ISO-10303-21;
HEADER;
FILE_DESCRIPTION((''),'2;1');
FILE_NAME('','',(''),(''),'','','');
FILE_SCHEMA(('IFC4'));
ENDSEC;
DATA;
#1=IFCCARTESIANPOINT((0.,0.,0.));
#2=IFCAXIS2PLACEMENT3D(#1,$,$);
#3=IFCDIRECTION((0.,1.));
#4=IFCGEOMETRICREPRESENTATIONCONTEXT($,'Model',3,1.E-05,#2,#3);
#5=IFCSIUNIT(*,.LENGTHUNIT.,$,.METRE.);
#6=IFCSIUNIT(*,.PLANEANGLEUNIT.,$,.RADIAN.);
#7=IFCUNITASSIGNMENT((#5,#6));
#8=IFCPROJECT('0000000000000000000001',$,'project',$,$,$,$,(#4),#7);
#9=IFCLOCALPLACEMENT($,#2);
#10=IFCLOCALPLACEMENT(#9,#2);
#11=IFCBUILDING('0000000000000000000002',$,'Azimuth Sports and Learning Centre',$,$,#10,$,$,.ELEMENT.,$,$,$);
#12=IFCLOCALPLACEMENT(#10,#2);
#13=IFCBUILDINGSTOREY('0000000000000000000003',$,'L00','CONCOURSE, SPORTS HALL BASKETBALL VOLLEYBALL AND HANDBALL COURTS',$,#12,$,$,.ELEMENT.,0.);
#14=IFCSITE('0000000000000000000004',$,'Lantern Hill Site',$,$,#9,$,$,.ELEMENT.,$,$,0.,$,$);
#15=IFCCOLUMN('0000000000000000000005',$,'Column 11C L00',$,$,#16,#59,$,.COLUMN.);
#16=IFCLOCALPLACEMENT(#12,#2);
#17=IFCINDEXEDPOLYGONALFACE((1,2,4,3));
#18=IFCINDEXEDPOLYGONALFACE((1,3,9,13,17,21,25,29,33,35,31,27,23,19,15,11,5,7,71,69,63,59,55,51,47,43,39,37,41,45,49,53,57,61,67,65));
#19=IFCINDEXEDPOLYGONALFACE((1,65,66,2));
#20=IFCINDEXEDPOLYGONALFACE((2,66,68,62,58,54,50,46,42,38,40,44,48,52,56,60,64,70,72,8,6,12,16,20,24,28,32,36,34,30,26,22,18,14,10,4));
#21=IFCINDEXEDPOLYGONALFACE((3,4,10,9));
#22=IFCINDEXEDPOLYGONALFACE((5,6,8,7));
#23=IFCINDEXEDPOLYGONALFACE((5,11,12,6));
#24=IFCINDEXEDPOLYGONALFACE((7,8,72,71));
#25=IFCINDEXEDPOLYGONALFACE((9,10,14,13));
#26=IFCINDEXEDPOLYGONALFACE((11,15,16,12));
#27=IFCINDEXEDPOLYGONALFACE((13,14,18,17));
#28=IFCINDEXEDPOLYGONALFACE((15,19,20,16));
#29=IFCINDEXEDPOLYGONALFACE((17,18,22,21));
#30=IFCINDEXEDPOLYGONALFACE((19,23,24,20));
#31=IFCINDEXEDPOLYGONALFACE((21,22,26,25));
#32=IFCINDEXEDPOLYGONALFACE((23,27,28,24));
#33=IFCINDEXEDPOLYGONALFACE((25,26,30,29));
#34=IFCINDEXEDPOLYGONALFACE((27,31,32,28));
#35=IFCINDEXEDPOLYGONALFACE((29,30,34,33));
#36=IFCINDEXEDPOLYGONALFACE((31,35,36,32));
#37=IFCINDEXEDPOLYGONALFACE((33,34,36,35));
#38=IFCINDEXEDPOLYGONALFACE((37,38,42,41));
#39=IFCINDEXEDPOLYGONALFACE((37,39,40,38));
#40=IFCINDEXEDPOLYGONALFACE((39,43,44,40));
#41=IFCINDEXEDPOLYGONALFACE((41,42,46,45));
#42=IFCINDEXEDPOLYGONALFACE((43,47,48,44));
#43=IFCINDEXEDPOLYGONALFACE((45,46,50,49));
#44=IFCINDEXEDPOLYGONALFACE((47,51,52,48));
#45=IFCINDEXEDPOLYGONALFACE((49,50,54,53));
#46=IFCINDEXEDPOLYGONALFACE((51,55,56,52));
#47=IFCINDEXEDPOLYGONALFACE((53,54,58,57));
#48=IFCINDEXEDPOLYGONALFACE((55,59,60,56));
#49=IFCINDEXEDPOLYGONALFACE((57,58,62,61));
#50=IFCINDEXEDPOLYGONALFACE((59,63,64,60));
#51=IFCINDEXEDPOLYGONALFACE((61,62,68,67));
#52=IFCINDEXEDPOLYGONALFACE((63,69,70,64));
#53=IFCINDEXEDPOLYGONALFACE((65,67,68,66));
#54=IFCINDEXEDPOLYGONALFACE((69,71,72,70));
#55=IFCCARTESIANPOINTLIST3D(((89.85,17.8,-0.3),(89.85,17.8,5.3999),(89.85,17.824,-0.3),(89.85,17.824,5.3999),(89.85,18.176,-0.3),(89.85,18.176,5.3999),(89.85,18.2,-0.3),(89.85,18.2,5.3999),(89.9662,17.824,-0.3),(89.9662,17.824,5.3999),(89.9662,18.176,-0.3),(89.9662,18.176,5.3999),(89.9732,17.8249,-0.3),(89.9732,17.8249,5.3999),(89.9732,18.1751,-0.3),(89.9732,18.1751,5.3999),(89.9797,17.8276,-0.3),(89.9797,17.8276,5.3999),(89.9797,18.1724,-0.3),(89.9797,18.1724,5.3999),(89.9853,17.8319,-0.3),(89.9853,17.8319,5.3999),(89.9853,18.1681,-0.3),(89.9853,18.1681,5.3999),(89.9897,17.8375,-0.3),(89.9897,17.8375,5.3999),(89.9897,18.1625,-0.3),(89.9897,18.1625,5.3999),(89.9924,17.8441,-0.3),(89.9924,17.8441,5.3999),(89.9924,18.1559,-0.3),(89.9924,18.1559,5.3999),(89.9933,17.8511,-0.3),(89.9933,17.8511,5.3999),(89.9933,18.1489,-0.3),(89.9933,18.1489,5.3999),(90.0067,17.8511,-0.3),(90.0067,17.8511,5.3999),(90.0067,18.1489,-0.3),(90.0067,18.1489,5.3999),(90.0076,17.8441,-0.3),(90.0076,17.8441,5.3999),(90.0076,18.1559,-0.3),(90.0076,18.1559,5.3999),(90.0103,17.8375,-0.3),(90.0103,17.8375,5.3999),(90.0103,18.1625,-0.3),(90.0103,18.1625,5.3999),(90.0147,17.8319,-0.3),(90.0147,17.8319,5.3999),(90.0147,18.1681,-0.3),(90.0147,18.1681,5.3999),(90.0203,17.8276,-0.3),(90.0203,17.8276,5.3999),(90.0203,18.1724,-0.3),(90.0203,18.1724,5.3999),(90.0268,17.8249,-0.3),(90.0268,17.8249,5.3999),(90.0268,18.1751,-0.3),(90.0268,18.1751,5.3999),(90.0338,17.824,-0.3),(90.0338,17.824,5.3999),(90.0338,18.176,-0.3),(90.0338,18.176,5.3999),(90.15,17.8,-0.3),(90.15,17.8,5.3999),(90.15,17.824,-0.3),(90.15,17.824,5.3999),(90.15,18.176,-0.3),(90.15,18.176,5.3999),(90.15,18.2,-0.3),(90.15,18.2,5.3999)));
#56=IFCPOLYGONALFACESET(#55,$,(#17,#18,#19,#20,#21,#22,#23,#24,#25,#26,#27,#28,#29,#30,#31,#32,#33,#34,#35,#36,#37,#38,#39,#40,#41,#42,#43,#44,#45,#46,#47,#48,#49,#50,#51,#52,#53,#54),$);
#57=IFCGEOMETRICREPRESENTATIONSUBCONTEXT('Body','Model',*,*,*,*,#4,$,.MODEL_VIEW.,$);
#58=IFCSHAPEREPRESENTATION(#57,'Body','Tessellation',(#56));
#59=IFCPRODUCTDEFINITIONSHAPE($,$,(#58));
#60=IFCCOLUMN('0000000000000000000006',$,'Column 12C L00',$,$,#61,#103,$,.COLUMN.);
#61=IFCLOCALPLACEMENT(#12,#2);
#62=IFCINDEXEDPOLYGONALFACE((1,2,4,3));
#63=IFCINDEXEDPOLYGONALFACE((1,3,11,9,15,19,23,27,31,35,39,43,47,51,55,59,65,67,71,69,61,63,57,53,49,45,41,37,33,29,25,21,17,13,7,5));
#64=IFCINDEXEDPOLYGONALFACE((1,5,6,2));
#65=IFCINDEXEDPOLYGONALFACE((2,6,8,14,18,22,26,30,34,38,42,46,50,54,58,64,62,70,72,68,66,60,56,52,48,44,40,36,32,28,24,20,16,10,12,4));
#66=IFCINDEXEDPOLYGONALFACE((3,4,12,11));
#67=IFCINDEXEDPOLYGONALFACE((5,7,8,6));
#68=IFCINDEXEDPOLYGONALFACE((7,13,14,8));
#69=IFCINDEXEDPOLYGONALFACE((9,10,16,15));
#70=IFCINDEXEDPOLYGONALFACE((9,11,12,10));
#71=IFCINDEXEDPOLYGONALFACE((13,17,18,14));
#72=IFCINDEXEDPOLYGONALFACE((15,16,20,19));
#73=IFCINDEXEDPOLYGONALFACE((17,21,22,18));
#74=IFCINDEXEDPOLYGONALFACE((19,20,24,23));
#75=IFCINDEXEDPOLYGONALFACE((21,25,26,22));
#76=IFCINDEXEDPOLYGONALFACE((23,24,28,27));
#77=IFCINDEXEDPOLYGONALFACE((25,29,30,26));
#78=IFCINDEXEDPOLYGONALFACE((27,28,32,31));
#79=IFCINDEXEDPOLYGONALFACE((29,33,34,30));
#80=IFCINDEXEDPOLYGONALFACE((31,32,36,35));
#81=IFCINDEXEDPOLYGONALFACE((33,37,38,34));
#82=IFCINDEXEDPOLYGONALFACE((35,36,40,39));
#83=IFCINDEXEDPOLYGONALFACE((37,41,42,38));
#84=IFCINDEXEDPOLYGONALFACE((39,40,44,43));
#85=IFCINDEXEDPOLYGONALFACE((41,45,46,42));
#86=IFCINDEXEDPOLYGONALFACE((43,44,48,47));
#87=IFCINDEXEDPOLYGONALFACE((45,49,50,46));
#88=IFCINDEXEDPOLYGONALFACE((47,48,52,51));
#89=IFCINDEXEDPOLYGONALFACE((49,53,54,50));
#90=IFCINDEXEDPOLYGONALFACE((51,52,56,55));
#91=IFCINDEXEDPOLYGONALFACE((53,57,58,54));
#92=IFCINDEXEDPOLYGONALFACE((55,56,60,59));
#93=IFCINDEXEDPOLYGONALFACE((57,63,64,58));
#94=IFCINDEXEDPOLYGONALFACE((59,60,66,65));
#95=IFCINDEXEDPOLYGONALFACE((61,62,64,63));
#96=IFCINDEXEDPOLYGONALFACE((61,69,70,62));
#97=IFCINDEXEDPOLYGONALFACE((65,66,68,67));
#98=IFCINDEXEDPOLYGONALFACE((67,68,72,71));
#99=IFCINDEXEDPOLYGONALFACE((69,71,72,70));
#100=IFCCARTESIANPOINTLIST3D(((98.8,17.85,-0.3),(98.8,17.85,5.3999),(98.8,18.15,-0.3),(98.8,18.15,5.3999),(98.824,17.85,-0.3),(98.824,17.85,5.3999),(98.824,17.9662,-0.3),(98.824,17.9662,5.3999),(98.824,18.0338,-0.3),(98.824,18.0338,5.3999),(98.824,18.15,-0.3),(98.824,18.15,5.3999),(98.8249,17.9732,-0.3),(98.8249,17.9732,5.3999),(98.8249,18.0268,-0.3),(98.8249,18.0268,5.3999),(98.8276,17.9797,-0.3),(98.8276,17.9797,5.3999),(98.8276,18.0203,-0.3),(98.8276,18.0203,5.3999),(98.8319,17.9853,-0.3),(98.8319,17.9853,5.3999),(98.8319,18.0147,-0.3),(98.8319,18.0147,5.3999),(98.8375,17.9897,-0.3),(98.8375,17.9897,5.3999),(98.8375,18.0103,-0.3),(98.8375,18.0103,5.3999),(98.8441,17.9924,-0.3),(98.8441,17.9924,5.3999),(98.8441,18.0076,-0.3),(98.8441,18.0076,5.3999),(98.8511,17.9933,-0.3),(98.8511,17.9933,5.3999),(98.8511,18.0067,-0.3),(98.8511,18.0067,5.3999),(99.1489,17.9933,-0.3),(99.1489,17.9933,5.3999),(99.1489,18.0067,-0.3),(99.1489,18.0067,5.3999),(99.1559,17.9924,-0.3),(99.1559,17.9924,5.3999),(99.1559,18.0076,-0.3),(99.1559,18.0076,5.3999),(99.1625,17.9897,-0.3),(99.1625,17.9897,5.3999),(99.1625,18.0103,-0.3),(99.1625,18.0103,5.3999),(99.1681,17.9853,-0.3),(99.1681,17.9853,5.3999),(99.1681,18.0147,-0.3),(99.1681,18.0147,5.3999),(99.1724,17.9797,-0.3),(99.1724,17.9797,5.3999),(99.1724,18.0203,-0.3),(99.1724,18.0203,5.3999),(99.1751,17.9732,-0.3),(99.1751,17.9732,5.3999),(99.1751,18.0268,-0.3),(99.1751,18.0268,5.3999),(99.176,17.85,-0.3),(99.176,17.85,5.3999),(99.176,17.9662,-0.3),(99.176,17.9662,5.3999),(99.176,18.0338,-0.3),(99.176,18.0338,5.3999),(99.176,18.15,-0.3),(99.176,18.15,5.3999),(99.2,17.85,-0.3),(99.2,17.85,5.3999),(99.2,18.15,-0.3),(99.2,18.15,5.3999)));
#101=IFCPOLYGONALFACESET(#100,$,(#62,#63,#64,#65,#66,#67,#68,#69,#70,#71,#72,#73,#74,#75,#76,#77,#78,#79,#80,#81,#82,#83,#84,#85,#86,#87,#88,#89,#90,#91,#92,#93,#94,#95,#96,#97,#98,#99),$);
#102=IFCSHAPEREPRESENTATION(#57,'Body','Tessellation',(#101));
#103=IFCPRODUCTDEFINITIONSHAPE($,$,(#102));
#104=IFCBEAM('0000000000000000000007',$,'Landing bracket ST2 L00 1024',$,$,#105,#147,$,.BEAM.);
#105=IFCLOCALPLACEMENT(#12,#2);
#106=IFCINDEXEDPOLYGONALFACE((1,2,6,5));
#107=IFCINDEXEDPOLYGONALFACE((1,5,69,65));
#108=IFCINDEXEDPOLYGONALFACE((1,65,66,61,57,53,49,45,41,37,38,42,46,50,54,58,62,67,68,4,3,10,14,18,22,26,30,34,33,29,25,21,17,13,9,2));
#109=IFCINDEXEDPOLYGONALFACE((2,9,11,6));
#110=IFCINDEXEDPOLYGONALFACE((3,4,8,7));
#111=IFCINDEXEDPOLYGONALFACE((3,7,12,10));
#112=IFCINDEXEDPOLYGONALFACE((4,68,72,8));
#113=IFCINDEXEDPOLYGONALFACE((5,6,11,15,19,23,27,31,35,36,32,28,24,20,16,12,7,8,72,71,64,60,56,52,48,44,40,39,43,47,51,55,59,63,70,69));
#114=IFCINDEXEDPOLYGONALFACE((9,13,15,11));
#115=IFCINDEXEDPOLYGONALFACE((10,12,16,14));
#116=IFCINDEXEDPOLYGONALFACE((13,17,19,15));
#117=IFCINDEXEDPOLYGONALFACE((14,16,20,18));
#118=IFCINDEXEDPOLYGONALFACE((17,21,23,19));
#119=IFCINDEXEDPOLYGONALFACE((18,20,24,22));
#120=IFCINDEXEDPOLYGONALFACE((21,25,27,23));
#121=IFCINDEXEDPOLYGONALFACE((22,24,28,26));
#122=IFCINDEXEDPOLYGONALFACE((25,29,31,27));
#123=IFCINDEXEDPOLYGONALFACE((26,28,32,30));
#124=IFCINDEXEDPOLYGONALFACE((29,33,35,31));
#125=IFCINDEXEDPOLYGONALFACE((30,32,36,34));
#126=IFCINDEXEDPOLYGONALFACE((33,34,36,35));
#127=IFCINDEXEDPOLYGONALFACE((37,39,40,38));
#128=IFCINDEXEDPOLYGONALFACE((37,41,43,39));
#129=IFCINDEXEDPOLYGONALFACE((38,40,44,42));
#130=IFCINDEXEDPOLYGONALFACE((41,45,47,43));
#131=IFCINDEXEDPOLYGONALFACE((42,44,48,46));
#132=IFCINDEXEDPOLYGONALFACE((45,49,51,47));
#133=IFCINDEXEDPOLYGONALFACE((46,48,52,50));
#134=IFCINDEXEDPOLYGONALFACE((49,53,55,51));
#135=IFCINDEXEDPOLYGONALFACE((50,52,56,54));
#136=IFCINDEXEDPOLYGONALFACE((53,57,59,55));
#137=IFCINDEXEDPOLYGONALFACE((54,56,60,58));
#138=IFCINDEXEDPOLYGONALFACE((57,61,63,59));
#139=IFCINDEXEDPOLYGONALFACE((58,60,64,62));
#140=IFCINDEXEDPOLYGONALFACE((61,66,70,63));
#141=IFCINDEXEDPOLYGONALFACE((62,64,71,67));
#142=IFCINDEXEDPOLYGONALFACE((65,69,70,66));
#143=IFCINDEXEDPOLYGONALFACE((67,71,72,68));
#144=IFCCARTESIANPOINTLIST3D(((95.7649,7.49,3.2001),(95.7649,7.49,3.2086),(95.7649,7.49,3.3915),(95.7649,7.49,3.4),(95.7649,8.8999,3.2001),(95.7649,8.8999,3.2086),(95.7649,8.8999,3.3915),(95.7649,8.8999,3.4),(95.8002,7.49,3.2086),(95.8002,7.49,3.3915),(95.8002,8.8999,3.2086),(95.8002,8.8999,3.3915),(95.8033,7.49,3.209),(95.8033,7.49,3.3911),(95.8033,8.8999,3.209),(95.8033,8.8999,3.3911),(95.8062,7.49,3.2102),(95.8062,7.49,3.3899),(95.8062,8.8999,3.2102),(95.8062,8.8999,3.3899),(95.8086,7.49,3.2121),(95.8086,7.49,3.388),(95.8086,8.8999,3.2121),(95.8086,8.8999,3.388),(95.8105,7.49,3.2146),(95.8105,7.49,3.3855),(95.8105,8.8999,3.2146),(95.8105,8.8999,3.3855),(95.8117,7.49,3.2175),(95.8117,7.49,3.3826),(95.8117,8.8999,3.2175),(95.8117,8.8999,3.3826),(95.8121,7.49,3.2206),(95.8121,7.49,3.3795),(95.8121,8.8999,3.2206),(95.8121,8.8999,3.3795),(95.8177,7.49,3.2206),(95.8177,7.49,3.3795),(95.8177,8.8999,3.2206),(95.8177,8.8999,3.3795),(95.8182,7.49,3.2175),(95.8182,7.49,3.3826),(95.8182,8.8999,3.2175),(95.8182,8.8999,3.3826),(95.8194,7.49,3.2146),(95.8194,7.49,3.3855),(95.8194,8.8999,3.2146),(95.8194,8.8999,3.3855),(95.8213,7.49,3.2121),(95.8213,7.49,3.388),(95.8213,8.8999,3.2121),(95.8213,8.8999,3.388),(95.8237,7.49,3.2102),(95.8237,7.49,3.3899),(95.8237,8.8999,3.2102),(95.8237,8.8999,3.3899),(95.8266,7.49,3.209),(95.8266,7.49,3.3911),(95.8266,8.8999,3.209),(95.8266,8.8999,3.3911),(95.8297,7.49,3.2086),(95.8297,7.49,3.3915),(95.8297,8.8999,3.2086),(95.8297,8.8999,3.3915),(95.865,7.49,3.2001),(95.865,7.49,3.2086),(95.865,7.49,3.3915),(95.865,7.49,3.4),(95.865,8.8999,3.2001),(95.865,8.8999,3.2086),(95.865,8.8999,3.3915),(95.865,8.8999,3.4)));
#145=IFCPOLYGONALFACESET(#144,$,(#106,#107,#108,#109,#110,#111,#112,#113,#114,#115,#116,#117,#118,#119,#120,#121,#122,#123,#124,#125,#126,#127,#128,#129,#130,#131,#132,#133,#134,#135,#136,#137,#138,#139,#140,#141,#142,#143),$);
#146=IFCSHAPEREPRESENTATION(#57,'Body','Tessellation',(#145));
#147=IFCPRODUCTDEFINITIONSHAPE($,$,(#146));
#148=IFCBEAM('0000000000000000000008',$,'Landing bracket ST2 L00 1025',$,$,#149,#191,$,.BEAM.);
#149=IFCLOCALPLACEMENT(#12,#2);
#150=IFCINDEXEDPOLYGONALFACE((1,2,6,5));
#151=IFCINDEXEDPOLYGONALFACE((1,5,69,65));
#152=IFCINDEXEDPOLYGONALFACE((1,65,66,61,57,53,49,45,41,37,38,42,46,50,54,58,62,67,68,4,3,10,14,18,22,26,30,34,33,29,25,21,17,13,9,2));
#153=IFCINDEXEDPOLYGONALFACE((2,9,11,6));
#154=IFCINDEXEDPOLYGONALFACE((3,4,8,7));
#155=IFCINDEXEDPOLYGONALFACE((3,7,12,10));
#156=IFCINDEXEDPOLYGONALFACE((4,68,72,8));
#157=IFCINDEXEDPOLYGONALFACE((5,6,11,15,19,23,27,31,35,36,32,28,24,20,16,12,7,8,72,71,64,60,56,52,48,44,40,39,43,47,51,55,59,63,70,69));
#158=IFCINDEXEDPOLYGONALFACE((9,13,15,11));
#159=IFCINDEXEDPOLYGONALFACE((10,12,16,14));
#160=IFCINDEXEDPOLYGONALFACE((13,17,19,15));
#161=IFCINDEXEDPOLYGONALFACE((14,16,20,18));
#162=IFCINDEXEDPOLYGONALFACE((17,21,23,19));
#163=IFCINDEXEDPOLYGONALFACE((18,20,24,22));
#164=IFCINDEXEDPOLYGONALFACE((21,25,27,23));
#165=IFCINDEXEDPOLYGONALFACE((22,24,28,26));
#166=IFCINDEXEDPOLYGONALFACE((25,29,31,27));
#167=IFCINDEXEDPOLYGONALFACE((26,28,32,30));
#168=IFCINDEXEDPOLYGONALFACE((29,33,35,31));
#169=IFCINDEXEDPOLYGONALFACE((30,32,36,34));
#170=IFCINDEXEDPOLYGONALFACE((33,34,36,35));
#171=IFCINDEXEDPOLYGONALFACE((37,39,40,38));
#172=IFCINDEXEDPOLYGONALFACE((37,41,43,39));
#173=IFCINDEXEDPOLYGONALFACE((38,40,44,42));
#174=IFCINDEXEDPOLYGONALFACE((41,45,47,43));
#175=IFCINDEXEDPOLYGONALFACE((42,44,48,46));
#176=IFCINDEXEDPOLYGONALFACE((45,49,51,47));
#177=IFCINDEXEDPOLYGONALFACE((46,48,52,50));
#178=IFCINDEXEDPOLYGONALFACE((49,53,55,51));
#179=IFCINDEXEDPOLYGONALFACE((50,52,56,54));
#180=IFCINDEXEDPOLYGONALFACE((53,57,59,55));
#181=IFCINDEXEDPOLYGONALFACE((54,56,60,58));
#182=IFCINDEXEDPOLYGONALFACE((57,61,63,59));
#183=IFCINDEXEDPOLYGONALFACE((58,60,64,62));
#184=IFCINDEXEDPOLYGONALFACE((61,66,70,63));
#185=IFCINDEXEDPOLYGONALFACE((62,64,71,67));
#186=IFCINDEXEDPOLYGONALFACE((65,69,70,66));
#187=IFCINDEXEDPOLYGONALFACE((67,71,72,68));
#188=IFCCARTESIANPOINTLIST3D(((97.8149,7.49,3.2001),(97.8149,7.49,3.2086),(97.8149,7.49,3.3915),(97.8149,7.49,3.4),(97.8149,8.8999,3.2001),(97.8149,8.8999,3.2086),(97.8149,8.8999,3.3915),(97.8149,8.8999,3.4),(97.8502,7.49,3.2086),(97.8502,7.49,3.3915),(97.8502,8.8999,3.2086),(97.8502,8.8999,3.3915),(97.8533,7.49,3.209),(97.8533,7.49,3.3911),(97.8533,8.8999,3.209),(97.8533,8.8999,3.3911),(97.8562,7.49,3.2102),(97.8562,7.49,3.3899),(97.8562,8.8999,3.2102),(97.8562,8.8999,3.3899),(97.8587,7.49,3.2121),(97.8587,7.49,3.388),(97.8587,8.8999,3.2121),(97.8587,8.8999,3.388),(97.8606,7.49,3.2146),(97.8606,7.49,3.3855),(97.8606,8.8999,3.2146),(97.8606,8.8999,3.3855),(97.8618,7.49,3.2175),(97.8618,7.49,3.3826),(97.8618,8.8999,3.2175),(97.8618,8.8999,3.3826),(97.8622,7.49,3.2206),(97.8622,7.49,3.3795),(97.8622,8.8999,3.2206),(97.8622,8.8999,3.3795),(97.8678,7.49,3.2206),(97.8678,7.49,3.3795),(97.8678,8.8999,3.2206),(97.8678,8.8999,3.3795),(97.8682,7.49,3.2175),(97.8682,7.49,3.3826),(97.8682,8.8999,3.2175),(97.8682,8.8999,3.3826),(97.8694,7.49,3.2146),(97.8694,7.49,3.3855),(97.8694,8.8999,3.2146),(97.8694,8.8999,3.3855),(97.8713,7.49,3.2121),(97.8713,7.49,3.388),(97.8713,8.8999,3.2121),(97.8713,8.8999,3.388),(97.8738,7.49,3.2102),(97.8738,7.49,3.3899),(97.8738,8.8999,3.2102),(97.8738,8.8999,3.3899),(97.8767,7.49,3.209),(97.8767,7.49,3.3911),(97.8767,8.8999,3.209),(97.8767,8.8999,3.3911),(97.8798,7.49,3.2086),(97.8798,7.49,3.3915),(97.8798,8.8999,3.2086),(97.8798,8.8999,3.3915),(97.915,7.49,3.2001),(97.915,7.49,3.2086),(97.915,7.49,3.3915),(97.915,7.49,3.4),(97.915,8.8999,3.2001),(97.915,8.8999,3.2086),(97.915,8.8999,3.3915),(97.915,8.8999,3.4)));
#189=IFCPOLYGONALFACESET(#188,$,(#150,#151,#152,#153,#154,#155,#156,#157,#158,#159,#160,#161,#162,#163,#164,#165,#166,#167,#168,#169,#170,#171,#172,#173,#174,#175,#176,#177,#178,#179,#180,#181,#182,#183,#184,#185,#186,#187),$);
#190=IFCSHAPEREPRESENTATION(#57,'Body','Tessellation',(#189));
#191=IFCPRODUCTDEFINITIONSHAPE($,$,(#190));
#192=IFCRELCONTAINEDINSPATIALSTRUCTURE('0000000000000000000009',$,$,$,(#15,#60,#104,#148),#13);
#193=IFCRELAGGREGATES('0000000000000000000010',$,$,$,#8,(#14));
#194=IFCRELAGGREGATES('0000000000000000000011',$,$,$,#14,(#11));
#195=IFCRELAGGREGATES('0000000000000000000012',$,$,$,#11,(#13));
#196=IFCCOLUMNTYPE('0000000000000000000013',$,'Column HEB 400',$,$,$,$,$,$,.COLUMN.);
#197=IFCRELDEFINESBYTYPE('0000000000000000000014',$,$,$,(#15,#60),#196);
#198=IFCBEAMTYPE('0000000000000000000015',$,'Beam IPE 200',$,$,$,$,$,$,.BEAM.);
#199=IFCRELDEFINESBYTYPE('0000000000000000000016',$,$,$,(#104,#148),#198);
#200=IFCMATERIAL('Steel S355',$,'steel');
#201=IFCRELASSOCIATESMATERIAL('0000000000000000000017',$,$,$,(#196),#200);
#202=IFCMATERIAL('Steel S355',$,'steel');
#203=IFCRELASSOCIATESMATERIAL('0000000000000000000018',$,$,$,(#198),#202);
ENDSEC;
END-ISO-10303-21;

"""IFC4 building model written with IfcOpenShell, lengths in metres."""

from ifc_helpers import new_model, si_unit, direction, frame, origin, origin_2d, place, context, subcontext, project, spatial, i_section, extrude, material, material_profile, profile_set, type_object, element, save


model = new_model("IFC4")

# Units and contexts
model_context = context("Model", 3, precision=1e-05, world=origin(), true_north=direction((0.0, 1.0)))
body_context = subcontext(model_context, "Body", "Model", "MODEL_VIEW")
ifc_project = project(units=[si_unit("LENGTHUNIT", "METRE"), si_unit("PLANEANGLEUNIT", "RADIAN")], contexts=[model_context])

# Site, building, storey
site_placement = place(None, origin())
site = spatial("IfcSite", under=ifc_project, at=site_placement, Name="Lantern Hill Site", CompositionType="ELEMENT", RefElevation=0.0)
building_placement = place(site_placement, origin())
building = spatial("IfcBuilding", under=site, at=building_placement, Name="Azimuth Sports and Learning Centre", CompositionType="ELEMENT")
storey_placement = place(building_placement, origin())
storey = spatial("IfcBuildingStorey", under=building, at=storey_placement, Name="L00", Description="CONCOURSE, SPORTS HALL BASKETBALL VOLLEYBALL AND HANDBALL COURTS", CompositionType="ELEMENT", Elevation=0.0)

# Columns
ifc_material_1 = material(Name="Steel S355", Category="steel")
ifc_material_profile_1 = material_profile(ifc_material_1, i_section(OverallWidth=0.3, OverallDepth=0.3999, WebThickness=0.0134, FlangeThickness=0.0239, FilletRadius=0.0271, at=origin_2d()), Name="HEB 400")
ifc_profile_set_1 = profile_set([ifc_material_profile_1], Name="Steel S355")
column_type = type_object("IfcColumnType", Name="Column HEB 400", PredefinedType="COLUMN", material=ifc_profile_set_1)
for number, where, z_axis, x_axis, name in (
    (1, (90.0, 18.0, -0.3), (0.0, 0.0, 1.0), (1.0, 0.0, 0.0), "Column 11C L00"),
    (2, (99.0, 18.0, -0.3), (0.0, 0.0, 1.0), (0.0, 1.0, 0.0), "Column 12C L00"),
):
    element("IfcColumn", number, at=place(storey_placement, frame(where, z_axis=z_axis, x_axis=x_axis)), inside=storey, type_object=column_type, Name=name, PredefinedType="COLUMN", context=body_context, shape_type="SweptSolid", body=[
        extrude(i_section(OverallWidth=0.3, OverallDepth=0.3999, WebThickness=0.0134, FlangeThickness=0.0239, FilletRadius=0.0271, at=origin_2d()), origin(), (0.0, 0.0, 1.0), 5.7),
    ])

# Beams
ifc_material_2 = material(Name="Steel S355", Category="steel")
ifc_material_profile_2 = material_profile(ifc_material_2, i_section(OverallWidth=0.1001, OverallDepth=0.2, WebThickness=0.0056, FlangeThickness=0.0085, FilletRadius=0.012, at=origin_2d()), Name="IPE 200")
ifc_profile_set_2 = profile_set([ifc_material_profile_2], Name="Steel S355")
beam_type = type_object("IfcBeamType", Name="Beam IPE 200", PredefinedType="BEAM", material=ifc_profile_set_2)
for number, where, z_axis, x_axis, name in (
    (3, (95.8149, 8.8999, 3.3), (0.0, -1.0, 0.0), (1.0, 0.0, 0.0), "Landing bracket ST2 L00 1024"),
    (4, (97.865, 8.8999, 3.3), (0.0, -1.0, 0.0), (1.0, 0.0, 0.0), "Landing bracket ST2 L00 1025"),
):
    element("IfcBeam", number, at=place(storey_placement, frame(where, z_axis=z_axis, x_axis=x_axis)), inside=storey, type_object=beam_type, Name=name, PredefinedType="BEAM", context=body_context, shape_type="SweptSolid", body=[
        extrude(i_section(OverallWidth=0.1001, OverallDepth=0.2, WebThickness=0.0056, FlangeThickness=0.0085, FilletRadius=0.012, at=origin_2d()), origin(), (0.0, 0.0, 1.0), 1.4099),
    ])

save(model, "model.ifc")
